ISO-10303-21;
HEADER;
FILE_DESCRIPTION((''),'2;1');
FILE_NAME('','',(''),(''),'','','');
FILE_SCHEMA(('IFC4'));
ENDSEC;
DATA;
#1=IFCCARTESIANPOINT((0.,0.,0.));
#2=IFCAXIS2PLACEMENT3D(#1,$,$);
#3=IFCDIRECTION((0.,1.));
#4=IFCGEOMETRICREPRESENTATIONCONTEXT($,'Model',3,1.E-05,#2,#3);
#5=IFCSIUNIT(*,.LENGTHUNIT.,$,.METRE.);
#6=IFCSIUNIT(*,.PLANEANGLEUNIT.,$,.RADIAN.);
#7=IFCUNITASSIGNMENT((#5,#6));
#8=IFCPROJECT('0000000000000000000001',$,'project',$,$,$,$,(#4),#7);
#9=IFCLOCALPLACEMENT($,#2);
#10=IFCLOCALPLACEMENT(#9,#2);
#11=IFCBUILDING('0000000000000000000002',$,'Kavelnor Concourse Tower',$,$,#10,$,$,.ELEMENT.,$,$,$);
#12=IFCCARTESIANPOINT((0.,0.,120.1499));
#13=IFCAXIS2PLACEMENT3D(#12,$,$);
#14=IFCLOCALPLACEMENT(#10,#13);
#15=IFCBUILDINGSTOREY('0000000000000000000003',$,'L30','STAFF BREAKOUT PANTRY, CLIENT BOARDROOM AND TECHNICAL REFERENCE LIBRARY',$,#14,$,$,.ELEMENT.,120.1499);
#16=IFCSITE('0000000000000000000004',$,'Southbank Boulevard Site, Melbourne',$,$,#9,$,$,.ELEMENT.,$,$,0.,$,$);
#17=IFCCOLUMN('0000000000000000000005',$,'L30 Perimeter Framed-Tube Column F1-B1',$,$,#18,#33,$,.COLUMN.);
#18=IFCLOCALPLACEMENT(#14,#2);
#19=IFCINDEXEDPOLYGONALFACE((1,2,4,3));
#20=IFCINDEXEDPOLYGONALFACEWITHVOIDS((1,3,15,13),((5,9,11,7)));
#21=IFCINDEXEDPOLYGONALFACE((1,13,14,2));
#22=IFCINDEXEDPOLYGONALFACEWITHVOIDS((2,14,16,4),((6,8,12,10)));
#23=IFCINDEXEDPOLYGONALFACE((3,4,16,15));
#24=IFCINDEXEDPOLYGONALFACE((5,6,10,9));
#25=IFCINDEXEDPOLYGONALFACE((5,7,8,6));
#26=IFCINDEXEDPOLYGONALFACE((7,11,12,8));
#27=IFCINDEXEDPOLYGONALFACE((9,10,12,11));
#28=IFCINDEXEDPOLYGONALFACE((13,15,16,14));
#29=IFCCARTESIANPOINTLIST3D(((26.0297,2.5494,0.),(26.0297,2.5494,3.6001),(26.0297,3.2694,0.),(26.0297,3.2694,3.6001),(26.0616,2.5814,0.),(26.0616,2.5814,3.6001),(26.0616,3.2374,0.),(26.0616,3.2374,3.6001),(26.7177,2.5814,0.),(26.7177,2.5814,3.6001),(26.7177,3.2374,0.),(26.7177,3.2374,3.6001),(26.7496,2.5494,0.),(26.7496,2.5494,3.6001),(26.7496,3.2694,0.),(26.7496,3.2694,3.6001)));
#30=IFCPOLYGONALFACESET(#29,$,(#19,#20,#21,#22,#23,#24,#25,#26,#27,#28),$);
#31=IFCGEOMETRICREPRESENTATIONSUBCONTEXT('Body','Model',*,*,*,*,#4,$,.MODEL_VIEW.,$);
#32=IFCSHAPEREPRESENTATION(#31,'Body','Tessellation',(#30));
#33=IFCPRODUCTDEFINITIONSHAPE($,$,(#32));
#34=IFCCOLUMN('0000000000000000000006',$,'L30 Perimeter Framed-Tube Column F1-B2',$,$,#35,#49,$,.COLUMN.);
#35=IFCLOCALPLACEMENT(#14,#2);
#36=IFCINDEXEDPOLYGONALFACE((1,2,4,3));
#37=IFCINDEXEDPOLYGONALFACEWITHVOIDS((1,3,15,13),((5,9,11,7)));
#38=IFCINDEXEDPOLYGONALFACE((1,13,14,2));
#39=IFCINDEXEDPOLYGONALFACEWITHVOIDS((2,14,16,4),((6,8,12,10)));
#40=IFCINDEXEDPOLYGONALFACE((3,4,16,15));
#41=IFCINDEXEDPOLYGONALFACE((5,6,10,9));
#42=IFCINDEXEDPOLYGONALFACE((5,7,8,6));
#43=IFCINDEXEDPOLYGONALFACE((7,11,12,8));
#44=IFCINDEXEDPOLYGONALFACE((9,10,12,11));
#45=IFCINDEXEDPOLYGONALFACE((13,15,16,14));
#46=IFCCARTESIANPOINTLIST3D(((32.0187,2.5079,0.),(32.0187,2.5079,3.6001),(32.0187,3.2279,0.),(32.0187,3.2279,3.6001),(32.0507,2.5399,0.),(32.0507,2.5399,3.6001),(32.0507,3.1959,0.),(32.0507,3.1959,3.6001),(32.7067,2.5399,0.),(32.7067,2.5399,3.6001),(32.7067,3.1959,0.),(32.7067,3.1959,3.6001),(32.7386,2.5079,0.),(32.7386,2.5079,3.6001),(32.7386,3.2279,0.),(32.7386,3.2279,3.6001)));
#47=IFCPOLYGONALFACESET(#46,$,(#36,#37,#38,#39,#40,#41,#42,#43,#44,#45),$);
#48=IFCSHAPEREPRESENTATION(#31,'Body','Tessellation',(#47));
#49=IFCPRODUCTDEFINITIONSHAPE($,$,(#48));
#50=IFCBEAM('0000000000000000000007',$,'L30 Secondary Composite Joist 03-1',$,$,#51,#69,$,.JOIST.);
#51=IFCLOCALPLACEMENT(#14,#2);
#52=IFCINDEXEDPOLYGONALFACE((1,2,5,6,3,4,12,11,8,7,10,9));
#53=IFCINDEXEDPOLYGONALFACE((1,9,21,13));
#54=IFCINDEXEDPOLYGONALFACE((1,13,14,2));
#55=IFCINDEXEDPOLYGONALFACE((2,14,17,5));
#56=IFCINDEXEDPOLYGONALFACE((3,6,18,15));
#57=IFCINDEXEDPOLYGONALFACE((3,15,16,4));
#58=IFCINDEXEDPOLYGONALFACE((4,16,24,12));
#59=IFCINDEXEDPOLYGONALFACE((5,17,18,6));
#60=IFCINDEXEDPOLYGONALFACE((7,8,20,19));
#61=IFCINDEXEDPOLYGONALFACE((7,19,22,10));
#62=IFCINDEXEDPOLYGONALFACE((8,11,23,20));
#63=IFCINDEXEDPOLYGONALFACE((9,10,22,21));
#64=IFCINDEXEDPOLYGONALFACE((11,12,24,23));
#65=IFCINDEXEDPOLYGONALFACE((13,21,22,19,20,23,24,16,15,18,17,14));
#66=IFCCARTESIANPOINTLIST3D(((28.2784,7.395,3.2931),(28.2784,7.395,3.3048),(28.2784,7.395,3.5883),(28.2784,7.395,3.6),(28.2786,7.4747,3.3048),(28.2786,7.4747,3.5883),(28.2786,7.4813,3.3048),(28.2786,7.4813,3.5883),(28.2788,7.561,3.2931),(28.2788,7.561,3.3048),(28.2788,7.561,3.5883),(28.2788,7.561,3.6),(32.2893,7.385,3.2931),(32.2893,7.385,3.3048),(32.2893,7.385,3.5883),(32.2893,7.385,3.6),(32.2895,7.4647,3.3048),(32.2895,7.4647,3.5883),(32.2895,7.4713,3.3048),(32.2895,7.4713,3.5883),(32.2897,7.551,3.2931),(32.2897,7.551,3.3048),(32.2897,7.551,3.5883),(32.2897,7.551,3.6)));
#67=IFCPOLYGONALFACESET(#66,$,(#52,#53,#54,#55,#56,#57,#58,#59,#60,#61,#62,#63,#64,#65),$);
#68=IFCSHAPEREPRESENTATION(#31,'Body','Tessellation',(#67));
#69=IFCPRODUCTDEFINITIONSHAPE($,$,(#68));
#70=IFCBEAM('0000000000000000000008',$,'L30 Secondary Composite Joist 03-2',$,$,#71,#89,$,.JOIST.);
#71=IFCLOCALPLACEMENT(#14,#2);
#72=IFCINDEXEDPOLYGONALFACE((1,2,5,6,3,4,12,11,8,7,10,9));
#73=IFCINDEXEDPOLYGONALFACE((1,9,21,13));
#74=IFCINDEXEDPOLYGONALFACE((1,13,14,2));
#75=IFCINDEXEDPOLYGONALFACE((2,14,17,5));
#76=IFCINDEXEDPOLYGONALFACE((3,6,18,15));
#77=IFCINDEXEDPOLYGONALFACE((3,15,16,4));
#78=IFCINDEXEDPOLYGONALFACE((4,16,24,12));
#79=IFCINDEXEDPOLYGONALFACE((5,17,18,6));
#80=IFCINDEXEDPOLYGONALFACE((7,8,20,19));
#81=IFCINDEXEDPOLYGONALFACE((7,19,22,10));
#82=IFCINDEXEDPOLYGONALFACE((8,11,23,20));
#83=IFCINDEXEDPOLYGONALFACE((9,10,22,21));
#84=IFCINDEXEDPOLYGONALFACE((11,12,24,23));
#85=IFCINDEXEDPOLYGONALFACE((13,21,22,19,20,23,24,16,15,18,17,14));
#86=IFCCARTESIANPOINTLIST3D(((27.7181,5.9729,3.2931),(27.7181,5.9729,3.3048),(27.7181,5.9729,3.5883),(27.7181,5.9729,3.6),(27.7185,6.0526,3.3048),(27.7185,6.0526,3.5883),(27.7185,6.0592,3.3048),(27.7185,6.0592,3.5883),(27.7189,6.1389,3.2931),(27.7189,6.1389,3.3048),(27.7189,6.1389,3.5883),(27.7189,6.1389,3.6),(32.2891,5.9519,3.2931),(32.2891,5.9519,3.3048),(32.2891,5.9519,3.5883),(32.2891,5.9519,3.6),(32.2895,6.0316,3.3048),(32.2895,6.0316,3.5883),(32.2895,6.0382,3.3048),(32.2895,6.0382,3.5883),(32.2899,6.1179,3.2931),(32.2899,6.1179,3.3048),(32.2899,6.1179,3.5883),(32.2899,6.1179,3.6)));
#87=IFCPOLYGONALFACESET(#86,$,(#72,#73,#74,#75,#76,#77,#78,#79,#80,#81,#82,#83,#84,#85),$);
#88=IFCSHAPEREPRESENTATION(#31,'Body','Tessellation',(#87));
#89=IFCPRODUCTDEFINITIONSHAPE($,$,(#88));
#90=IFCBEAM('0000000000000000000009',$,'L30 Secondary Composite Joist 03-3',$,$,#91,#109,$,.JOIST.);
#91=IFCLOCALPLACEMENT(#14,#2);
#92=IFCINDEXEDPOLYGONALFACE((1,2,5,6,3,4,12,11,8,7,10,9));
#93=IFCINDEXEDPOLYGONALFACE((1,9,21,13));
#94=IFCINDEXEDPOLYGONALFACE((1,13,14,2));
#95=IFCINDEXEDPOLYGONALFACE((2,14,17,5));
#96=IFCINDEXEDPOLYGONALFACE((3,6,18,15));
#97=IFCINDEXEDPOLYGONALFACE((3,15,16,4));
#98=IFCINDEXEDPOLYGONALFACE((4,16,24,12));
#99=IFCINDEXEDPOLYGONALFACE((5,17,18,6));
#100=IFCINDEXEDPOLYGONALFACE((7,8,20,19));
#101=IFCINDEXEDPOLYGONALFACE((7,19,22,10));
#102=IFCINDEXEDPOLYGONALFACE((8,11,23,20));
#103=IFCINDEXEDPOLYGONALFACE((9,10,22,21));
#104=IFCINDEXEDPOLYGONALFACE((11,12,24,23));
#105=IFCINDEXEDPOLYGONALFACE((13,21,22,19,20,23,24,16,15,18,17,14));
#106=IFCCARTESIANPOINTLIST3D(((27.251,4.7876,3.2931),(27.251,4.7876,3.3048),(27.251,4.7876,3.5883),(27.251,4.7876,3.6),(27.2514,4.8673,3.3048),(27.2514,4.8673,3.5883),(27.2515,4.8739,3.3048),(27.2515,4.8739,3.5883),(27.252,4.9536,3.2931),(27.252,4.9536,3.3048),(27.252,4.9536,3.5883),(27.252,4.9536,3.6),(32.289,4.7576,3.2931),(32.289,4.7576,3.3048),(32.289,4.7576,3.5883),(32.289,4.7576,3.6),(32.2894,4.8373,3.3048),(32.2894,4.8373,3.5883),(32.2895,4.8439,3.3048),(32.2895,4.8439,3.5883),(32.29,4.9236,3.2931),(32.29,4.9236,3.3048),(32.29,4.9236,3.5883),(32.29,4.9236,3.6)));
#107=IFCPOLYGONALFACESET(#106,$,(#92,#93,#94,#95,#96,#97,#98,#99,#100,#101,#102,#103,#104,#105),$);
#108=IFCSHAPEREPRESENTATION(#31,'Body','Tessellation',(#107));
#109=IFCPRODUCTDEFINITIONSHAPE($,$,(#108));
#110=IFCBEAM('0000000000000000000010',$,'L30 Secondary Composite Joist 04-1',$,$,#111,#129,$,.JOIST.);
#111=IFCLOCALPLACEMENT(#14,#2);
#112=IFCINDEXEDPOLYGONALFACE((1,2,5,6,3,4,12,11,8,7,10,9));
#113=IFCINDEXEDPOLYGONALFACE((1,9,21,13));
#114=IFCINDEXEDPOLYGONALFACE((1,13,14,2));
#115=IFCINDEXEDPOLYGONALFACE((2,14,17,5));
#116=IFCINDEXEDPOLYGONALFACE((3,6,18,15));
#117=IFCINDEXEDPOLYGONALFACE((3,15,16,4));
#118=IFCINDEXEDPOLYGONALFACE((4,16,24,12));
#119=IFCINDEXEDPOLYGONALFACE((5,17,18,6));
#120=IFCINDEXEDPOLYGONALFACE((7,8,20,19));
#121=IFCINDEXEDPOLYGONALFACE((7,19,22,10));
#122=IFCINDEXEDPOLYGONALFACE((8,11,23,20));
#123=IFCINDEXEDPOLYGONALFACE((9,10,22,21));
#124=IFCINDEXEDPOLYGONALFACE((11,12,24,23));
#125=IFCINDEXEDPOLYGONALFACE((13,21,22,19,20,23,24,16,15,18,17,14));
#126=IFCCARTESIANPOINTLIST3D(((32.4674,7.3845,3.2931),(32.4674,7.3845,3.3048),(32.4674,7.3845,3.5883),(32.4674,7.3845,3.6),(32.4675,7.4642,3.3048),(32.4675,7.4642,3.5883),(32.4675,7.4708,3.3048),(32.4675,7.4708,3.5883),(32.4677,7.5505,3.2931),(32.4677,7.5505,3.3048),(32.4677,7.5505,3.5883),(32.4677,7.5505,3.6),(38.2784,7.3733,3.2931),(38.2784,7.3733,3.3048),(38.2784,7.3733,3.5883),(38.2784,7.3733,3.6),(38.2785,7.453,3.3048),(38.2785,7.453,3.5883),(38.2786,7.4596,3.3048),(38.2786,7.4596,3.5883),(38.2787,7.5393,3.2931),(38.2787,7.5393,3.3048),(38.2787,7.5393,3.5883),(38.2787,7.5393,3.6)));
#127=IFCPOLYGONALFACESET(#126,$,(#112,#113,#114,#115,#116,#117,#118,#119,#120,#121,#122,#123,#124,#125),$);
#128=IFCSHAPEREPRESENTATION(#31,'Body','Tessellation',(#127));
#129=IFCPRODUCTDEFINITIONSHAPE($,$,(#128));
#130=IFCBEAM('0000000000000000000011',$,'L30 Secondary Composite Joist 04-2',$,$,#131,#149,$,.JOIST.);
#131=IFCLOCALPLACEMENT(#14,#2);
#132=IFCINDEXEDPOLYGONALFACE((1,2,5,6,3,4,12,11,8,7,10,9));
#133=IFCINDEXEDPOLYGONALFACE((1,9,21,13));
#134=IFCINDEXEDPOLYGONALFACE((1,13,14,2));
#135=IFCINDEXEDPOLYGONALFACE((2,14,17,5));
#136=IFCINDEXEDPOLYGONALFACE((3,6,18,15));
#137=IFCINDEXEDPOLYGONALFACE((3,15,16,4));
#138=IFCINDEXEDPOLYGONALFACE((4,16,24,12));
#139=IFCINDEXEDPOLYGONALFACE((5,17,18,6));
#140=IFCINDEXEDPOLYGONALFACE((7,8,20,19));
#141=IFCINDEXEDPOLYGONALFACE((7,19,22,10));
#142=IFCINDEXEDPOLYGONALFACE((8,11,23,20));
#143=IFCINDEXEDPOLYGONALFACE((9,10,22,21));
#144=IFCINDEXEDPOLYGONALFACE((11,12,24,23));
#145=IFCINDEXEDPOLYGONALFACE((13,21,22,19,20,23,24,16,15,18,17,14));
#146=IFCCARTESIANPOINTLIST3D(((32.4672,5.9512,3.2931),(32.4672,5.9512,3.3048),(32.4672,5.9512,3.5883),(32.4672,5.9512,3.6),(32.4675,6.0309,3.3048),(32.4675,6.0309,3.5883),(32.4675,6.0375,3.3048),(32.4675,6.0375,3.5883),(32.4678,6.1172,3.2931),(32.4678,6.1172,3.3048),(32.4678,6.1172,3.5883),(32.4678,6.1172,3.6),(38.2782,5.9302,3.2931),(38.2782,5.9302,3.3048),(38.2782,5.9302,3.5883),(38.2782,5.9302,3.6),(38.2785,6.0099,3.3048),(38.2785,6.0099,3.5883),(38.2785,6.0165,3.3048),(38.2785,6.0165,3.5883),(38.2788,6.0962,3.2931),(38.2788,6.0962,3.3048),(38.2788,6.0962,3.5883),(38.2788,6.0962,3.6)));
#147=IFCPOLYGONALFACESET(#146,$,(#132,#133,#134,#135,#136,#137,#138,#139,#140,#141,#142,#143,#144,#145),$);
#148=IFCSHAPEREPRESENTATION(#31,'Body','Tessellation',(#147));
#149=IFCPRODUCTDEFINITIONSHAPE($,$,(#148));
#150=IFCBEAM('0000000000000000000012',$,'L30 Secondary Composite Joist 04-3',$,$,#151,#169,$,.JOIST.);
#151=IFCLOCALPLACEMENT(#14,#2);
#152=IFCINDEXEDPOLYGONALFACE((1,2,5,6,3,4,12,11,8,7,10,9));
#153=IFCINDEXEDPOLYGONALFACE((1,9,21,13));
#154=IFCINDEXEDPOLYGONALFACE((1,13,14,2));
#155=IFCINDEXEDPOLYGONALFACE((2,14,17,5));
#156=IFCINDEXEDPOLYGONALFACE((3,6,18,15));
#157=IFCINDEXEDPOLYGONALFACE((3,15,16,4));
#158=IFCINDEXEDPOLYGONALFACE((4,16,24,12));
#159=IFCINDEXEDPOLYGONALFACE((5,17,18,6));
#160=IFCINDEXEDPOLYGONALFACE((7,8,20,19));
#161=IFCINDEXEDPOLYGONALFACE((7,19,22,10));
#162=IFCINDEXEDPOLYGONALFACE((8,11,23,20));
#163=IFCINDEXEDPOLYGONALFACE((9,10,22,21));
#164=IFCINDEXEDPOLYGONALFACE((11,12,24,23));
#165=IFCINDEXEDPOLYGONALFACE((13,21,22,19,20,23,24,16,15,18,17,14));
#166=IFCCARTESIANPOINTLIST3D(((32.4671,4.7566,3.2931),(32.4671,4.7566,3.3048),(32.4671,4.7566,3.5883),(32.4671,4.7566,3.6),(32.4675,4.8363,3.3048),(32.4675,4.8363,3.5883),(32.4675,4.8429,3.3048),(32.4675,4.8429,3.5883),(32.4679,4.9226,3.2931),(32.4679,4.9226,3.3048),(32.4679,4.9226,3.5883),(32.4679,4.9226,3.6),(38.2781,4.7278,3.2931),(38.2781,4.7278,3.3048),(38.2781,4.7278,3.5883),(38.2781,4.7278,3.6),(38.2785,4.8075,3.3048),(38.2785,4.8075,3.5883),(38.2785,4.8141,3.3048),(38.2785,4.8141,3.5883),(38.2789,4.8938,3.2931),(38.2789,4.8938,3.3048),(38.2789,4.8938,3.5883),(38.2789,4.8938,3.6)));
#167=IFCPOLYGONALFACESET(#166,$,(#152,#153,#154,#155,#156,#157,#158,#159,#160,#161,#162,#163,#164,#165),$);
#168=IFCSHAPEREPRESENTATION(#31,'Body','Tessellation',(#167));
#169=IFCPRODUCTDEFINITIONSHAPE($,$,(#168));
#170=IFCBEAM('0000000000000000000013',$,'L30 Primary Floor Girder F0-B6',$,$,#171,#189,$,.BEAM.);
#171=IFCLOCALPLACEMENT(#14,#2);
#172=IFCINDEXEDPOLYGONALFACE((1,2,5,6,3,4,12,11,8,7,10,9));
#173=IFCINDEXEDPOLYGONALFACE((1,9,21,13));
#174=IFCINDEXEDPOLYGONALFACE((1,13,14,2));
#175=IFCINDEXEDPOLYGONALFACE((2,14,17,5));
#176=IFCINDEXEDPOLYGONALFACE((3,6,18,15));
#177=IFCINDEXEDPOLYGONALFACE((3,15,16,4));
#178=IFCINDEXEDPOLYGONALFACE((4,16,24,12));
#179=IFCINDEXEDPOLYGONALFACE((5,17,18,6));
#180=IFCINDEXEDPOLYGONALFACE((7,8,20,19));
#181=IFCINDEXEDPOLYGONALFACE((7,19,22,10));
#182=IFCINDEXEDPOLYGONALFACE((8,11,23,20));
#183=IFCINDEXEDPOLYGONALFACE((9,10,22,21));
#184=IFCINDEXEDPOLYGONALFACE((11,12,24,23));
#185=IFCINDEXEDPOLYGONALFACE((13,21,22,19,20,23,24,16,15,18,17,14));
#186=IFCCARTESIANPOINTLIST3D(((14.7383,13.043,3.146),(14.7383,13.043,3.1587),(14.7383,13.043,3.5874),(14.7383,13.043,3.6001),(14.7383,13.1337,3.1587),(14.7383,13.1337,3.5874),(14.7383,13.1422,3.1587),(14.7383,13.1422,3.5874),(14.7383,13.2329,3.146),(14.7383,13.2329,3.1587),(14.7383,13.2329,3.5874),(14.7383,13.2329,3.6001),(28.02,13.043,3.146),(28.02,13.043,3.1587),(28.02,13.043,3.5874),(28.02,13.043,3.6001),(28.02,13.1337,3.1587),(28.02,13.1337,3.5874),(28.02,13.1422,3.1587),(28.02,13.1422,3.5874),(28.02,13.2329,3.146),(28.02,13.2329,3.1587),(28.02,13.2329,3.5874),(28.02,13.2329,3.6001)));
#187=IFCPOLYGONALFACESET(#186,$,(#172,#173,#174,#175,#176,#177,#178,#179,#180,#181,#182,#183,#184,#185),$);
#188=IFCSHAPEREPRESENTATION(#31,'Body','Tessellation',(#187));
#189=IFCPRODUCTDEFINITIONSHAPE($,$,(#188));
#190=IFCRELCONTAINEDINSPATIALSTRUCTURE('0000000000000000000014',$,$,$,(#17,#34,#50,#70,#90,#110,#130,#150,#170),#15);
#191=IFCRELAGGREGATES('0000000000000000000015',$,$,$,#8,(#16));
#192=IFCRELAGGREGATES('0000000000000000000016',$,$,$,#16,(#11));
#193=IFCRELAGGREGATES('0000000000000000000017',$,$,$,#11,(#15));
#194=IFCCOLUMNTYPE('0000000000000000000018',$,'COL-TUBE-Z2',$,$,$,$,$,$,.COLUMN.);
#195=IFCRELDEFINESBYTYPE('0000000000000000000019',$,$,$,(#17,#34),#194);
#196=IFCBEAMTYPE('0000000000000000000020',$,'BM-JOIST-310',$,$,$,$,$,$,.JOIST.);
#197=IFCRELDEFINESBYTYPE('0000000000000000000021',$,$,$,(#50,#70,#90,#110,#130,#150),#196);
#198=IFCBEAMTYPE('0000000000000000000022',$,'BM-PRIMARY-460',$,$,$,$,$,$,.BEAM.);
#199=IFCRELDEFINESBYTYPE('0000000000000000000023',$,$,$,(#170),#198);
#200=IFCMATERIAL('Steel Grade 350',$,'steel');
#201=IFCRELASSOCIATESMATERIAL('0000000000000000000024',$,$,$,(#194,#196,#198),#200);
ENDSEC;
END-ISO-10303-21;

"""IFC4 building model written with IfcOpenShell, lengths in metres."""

from ifc_helpers import new_model, si_unit, direction, frame, origin, origin_2d, place, context, subcontext, project, spatial, hollow_rectangle, i_section, extrude, material, material_profile, profile_set, type_object, element, save


model = new_model("IFC4")

# Units and contexts
model_context = context("Model", 3, precision=1e-05, world=origin(), true_north=direction((0.0, 1.0)))
body_context = subcontext(model_context, "Body", "Model", "MODEL_VIEW")
ifc_project = project(units=[si_unit("LENGTHUNIT", "METRE"), si_unit("PLANEANGLEUNIT", "RADIAN")], contexts=[model_context])

# Site, building, storey
site_placement = place(None, origin())
site = spatial("IfcSite", under=ifc_project, at=site_placement, Name="Southbank Boulevard Site, Melbourne", CompositionType="ELEMENT", RefElevation=0.0)
building_placement = place(site_placement, origin())
building = spatial("IfcBuilding", under=site, at=building_placement, Name="Kavelnor Concourse Tower", CompositionType="ELEMENT")
storey_placement = place(building_placement, frame((0.0, 0.0, 120.1499)))
storey = spatial("IfcBuildingStorey", under=building, at=storey_placement, Name="L30", Description="STAFF BREAKOUT PANTRY, CLIENT BOARDROOM AND TECHNICAL REFERENCE LIBRARY", CompositionType="ELEMENT", Elevation=120.1499)

# Columns
ifc_material_1 = material(Name="Steel Grade 350", Category="steel")
ifc_material_profile_1 = material_profile(ifc_material_1, hollow_rectangle(XDim=0.72, YDim=0.72, WallThickness=0.032, at=origin_2d()), Name="SHS 720x720x32")
ifc_profile_set_1 = profile_set([ifc_material_profile_1], Name="Steel Grade 350")
column_type = type_object("IfcColumnType", Name="COL-TUBE-Z2", PredefinedType="COLUMN", material=ifc_profile_set_1)
for number, where, z_axis, x_axis, name in (
    (1, (26.3896, 2.9094, 0.0), (0.0, 0.0, 1.0), (1.0, 0.0, 0.0), "L30 Perimeter Framed-Tube Column F1-B1"),
    (2, (32.3787, 2.8679, 0.0), (0.0, 0.0, 1.0), (1.0, 0.0, 0.0), "L30 Perimeter Framed-Tube Column F1-B2"),
):
    element("IfcColumn", number, at=place(storey_placement, frame(where, z_axis=z_axis, x_axis=x_axis)), inside=storey, type_object=column_type, Name=name, PredefinedType="COLUMN", context=body_context, shape_type="SweptSolid", body=[
        extrude(hollow_rectangle(XDim=0.72, YDim=0.72, WallThickness=0.032, at=origin_2d()), origin(), (0.0, 0.0, 1.0), 3.6001),
    ])

# Beams
ifc_material_profile_2 = material_profile(ifc_material_1, i_section(OverallWidth=0.166, OverallDepth=0.3069, WebThickness=0.0066, FlangeThickness=0.0117, at=origin_2d()), Name="310UB46")
ifc_profile_set_2 = profile_set([ifc_material_profile_2], Name="Steel Grade 350")
beam_type_1 = type_object("IfcBeamType", Name="BM-JOIST-310", PredefinedType="JOIST", material=ifc_profile_set_2)
beam_1_placement = place(storey_placement, frame((28.2786, 7.478, 3.4465), z_axis=(0.999997, -0.002496, 0.0), x_axis=(0.002496, 0.999997, 0.0)))
element("IfcBeam", 3, at=beam_1_placement, inside=storey, type_object=beam_type_1, Name="L30 Secondary Composite Joist 03-1", PredefinedType="JOIST", context=body_context, shape_type="SweptSolid", body=[
    extrude(i_section(OverallWidth=0.166, OverallDepth=0.3069, WebThickness=0.0066, FlangeThickness=0.0117, at=origin_2d()), origin(), (0.0, 0.0, 1.0), 4.011),
])
beam_2_placement = place(storey_placement, frame((27.7185, 6.0559, 3.4465), z_axis=(0.999989, -0.004593, 0.0), x_axis=(0.004593, 0.999989, 0.0)))
element("IfcBeam", 4, at=beam_2_placement, inside=storey, type_object=beam_type_1, Name="L30 Secondary Composite Joist 03-2", PredefinedType="JOIST", context=body_context, shape_type="SweptSolid", body=[
    extrude(i_section(OverallWidth=0.166, OverallDepth=0.3069, WebThickness=0.0066, FlangeThickness=0.0117, at=origin_2d()), origin(), (0.0, 0.0, 1.0), 4.571),
])
beam_3_placement = place(storey_placement, frame((27.2515, 4.8706, 3.4465), z_axis=(0.999982, -0.00596, 0.0), x_axis=(0.00596, 0.999982, 0.0)))
element("IfcBeam", 5, at=beam_3_placement, inside=storey, type_object=beam_type_1, Name="L30 Secondary Composite Joist 03-3", PredefinedType="JOIST", context=body_context, shape_type="SweptSolid", body=[
    extrude(i_section(OverallWidth=0.166, OverallDepth=0.3069, WebThickness=0.0066, FlangeThickness=0.0117, at=origin_2d()), origin(), (0.0, 0.0, 1.0), 5.0381),
])
for number, where, z_axis, x_axis, name in (
    (6, (32.4675, 7.4675, 3.4465), (0.999998, -0.001933, 0.0), (0.001933, 0.999998, 0.0), "L30 Secondary Composite Joist 04-1"),
    (7, (32.4675, 6.0342, 3.4465), (0.999993, -0.003613, 0.0), (0.003613, 0.999993, 0.0), "L30 Secondary Composite Joist 04-2"),
    (8, (32.4675, 4.8396, 3.4465), (0.999988, -0.004958, 0.0), (0.004958, 0.999988, 0.0), "L30 Secondary Composite Joist 04-3"),
):
    element("IfcBeam", number, at=place(storey_placement, frame(where, z_axis=z_axis, x_axis=x_axis)), inside=storey, type_object=beam_type_1, Name=name, PredefinedType="JOIST", context=body_context, shape_type="SweptSolid", body=[
        extrude(i_section(OverallWidth=0.166, OverallDepth=0.3069, WebThickness=0.0066, FlangeThickness=0.0117, at=origin_2d()), origin(), (0.0, 0.0, 1.0), 5.811),
    ])
ifc_material_profile_3 = material_profile(ifc_material_1, i_section(OverallWidth=0.1899, OverallDepth=0.4541, WebThickness=0.0085, FlangeThickness=0.0127, at=origin_2d()), Name="460UB67")
ifc_profile_set_3 = profile_set([ifc_material_profile_3], Name="Steel Grade 350")
beam_type_2 = type_object("IfcBeamType", Name="BM-PRIMARY-460", PredefinedType="BEAM", material=ifc_profile_set_3)
beam_4_placement = place(storey_placement, frame((28.02, 13.1379, 3.373), z_axis=(-1.0, 0.0, 0.0), x_axis=(0.0, -1.0, 0.0)))
element("IfcBeam", 9, at=beam_4_placement, inside=storey, type_object=beam_type_2, Name="L30 Primary Floor Girder F0-B6", PredefinedType="BEAM", context=body_context, shape_type="SweptSolid", body=[
    extrude(i_section(OverallWidth=0.1899, OverallDepth=0.4541, WebThickness=0.0085, FlangeThickness=0.0127, at=origin_2d()), origin(), (0.0, 0.0, 1.0), 13.2817),
])

save(model, "model.ifc")
